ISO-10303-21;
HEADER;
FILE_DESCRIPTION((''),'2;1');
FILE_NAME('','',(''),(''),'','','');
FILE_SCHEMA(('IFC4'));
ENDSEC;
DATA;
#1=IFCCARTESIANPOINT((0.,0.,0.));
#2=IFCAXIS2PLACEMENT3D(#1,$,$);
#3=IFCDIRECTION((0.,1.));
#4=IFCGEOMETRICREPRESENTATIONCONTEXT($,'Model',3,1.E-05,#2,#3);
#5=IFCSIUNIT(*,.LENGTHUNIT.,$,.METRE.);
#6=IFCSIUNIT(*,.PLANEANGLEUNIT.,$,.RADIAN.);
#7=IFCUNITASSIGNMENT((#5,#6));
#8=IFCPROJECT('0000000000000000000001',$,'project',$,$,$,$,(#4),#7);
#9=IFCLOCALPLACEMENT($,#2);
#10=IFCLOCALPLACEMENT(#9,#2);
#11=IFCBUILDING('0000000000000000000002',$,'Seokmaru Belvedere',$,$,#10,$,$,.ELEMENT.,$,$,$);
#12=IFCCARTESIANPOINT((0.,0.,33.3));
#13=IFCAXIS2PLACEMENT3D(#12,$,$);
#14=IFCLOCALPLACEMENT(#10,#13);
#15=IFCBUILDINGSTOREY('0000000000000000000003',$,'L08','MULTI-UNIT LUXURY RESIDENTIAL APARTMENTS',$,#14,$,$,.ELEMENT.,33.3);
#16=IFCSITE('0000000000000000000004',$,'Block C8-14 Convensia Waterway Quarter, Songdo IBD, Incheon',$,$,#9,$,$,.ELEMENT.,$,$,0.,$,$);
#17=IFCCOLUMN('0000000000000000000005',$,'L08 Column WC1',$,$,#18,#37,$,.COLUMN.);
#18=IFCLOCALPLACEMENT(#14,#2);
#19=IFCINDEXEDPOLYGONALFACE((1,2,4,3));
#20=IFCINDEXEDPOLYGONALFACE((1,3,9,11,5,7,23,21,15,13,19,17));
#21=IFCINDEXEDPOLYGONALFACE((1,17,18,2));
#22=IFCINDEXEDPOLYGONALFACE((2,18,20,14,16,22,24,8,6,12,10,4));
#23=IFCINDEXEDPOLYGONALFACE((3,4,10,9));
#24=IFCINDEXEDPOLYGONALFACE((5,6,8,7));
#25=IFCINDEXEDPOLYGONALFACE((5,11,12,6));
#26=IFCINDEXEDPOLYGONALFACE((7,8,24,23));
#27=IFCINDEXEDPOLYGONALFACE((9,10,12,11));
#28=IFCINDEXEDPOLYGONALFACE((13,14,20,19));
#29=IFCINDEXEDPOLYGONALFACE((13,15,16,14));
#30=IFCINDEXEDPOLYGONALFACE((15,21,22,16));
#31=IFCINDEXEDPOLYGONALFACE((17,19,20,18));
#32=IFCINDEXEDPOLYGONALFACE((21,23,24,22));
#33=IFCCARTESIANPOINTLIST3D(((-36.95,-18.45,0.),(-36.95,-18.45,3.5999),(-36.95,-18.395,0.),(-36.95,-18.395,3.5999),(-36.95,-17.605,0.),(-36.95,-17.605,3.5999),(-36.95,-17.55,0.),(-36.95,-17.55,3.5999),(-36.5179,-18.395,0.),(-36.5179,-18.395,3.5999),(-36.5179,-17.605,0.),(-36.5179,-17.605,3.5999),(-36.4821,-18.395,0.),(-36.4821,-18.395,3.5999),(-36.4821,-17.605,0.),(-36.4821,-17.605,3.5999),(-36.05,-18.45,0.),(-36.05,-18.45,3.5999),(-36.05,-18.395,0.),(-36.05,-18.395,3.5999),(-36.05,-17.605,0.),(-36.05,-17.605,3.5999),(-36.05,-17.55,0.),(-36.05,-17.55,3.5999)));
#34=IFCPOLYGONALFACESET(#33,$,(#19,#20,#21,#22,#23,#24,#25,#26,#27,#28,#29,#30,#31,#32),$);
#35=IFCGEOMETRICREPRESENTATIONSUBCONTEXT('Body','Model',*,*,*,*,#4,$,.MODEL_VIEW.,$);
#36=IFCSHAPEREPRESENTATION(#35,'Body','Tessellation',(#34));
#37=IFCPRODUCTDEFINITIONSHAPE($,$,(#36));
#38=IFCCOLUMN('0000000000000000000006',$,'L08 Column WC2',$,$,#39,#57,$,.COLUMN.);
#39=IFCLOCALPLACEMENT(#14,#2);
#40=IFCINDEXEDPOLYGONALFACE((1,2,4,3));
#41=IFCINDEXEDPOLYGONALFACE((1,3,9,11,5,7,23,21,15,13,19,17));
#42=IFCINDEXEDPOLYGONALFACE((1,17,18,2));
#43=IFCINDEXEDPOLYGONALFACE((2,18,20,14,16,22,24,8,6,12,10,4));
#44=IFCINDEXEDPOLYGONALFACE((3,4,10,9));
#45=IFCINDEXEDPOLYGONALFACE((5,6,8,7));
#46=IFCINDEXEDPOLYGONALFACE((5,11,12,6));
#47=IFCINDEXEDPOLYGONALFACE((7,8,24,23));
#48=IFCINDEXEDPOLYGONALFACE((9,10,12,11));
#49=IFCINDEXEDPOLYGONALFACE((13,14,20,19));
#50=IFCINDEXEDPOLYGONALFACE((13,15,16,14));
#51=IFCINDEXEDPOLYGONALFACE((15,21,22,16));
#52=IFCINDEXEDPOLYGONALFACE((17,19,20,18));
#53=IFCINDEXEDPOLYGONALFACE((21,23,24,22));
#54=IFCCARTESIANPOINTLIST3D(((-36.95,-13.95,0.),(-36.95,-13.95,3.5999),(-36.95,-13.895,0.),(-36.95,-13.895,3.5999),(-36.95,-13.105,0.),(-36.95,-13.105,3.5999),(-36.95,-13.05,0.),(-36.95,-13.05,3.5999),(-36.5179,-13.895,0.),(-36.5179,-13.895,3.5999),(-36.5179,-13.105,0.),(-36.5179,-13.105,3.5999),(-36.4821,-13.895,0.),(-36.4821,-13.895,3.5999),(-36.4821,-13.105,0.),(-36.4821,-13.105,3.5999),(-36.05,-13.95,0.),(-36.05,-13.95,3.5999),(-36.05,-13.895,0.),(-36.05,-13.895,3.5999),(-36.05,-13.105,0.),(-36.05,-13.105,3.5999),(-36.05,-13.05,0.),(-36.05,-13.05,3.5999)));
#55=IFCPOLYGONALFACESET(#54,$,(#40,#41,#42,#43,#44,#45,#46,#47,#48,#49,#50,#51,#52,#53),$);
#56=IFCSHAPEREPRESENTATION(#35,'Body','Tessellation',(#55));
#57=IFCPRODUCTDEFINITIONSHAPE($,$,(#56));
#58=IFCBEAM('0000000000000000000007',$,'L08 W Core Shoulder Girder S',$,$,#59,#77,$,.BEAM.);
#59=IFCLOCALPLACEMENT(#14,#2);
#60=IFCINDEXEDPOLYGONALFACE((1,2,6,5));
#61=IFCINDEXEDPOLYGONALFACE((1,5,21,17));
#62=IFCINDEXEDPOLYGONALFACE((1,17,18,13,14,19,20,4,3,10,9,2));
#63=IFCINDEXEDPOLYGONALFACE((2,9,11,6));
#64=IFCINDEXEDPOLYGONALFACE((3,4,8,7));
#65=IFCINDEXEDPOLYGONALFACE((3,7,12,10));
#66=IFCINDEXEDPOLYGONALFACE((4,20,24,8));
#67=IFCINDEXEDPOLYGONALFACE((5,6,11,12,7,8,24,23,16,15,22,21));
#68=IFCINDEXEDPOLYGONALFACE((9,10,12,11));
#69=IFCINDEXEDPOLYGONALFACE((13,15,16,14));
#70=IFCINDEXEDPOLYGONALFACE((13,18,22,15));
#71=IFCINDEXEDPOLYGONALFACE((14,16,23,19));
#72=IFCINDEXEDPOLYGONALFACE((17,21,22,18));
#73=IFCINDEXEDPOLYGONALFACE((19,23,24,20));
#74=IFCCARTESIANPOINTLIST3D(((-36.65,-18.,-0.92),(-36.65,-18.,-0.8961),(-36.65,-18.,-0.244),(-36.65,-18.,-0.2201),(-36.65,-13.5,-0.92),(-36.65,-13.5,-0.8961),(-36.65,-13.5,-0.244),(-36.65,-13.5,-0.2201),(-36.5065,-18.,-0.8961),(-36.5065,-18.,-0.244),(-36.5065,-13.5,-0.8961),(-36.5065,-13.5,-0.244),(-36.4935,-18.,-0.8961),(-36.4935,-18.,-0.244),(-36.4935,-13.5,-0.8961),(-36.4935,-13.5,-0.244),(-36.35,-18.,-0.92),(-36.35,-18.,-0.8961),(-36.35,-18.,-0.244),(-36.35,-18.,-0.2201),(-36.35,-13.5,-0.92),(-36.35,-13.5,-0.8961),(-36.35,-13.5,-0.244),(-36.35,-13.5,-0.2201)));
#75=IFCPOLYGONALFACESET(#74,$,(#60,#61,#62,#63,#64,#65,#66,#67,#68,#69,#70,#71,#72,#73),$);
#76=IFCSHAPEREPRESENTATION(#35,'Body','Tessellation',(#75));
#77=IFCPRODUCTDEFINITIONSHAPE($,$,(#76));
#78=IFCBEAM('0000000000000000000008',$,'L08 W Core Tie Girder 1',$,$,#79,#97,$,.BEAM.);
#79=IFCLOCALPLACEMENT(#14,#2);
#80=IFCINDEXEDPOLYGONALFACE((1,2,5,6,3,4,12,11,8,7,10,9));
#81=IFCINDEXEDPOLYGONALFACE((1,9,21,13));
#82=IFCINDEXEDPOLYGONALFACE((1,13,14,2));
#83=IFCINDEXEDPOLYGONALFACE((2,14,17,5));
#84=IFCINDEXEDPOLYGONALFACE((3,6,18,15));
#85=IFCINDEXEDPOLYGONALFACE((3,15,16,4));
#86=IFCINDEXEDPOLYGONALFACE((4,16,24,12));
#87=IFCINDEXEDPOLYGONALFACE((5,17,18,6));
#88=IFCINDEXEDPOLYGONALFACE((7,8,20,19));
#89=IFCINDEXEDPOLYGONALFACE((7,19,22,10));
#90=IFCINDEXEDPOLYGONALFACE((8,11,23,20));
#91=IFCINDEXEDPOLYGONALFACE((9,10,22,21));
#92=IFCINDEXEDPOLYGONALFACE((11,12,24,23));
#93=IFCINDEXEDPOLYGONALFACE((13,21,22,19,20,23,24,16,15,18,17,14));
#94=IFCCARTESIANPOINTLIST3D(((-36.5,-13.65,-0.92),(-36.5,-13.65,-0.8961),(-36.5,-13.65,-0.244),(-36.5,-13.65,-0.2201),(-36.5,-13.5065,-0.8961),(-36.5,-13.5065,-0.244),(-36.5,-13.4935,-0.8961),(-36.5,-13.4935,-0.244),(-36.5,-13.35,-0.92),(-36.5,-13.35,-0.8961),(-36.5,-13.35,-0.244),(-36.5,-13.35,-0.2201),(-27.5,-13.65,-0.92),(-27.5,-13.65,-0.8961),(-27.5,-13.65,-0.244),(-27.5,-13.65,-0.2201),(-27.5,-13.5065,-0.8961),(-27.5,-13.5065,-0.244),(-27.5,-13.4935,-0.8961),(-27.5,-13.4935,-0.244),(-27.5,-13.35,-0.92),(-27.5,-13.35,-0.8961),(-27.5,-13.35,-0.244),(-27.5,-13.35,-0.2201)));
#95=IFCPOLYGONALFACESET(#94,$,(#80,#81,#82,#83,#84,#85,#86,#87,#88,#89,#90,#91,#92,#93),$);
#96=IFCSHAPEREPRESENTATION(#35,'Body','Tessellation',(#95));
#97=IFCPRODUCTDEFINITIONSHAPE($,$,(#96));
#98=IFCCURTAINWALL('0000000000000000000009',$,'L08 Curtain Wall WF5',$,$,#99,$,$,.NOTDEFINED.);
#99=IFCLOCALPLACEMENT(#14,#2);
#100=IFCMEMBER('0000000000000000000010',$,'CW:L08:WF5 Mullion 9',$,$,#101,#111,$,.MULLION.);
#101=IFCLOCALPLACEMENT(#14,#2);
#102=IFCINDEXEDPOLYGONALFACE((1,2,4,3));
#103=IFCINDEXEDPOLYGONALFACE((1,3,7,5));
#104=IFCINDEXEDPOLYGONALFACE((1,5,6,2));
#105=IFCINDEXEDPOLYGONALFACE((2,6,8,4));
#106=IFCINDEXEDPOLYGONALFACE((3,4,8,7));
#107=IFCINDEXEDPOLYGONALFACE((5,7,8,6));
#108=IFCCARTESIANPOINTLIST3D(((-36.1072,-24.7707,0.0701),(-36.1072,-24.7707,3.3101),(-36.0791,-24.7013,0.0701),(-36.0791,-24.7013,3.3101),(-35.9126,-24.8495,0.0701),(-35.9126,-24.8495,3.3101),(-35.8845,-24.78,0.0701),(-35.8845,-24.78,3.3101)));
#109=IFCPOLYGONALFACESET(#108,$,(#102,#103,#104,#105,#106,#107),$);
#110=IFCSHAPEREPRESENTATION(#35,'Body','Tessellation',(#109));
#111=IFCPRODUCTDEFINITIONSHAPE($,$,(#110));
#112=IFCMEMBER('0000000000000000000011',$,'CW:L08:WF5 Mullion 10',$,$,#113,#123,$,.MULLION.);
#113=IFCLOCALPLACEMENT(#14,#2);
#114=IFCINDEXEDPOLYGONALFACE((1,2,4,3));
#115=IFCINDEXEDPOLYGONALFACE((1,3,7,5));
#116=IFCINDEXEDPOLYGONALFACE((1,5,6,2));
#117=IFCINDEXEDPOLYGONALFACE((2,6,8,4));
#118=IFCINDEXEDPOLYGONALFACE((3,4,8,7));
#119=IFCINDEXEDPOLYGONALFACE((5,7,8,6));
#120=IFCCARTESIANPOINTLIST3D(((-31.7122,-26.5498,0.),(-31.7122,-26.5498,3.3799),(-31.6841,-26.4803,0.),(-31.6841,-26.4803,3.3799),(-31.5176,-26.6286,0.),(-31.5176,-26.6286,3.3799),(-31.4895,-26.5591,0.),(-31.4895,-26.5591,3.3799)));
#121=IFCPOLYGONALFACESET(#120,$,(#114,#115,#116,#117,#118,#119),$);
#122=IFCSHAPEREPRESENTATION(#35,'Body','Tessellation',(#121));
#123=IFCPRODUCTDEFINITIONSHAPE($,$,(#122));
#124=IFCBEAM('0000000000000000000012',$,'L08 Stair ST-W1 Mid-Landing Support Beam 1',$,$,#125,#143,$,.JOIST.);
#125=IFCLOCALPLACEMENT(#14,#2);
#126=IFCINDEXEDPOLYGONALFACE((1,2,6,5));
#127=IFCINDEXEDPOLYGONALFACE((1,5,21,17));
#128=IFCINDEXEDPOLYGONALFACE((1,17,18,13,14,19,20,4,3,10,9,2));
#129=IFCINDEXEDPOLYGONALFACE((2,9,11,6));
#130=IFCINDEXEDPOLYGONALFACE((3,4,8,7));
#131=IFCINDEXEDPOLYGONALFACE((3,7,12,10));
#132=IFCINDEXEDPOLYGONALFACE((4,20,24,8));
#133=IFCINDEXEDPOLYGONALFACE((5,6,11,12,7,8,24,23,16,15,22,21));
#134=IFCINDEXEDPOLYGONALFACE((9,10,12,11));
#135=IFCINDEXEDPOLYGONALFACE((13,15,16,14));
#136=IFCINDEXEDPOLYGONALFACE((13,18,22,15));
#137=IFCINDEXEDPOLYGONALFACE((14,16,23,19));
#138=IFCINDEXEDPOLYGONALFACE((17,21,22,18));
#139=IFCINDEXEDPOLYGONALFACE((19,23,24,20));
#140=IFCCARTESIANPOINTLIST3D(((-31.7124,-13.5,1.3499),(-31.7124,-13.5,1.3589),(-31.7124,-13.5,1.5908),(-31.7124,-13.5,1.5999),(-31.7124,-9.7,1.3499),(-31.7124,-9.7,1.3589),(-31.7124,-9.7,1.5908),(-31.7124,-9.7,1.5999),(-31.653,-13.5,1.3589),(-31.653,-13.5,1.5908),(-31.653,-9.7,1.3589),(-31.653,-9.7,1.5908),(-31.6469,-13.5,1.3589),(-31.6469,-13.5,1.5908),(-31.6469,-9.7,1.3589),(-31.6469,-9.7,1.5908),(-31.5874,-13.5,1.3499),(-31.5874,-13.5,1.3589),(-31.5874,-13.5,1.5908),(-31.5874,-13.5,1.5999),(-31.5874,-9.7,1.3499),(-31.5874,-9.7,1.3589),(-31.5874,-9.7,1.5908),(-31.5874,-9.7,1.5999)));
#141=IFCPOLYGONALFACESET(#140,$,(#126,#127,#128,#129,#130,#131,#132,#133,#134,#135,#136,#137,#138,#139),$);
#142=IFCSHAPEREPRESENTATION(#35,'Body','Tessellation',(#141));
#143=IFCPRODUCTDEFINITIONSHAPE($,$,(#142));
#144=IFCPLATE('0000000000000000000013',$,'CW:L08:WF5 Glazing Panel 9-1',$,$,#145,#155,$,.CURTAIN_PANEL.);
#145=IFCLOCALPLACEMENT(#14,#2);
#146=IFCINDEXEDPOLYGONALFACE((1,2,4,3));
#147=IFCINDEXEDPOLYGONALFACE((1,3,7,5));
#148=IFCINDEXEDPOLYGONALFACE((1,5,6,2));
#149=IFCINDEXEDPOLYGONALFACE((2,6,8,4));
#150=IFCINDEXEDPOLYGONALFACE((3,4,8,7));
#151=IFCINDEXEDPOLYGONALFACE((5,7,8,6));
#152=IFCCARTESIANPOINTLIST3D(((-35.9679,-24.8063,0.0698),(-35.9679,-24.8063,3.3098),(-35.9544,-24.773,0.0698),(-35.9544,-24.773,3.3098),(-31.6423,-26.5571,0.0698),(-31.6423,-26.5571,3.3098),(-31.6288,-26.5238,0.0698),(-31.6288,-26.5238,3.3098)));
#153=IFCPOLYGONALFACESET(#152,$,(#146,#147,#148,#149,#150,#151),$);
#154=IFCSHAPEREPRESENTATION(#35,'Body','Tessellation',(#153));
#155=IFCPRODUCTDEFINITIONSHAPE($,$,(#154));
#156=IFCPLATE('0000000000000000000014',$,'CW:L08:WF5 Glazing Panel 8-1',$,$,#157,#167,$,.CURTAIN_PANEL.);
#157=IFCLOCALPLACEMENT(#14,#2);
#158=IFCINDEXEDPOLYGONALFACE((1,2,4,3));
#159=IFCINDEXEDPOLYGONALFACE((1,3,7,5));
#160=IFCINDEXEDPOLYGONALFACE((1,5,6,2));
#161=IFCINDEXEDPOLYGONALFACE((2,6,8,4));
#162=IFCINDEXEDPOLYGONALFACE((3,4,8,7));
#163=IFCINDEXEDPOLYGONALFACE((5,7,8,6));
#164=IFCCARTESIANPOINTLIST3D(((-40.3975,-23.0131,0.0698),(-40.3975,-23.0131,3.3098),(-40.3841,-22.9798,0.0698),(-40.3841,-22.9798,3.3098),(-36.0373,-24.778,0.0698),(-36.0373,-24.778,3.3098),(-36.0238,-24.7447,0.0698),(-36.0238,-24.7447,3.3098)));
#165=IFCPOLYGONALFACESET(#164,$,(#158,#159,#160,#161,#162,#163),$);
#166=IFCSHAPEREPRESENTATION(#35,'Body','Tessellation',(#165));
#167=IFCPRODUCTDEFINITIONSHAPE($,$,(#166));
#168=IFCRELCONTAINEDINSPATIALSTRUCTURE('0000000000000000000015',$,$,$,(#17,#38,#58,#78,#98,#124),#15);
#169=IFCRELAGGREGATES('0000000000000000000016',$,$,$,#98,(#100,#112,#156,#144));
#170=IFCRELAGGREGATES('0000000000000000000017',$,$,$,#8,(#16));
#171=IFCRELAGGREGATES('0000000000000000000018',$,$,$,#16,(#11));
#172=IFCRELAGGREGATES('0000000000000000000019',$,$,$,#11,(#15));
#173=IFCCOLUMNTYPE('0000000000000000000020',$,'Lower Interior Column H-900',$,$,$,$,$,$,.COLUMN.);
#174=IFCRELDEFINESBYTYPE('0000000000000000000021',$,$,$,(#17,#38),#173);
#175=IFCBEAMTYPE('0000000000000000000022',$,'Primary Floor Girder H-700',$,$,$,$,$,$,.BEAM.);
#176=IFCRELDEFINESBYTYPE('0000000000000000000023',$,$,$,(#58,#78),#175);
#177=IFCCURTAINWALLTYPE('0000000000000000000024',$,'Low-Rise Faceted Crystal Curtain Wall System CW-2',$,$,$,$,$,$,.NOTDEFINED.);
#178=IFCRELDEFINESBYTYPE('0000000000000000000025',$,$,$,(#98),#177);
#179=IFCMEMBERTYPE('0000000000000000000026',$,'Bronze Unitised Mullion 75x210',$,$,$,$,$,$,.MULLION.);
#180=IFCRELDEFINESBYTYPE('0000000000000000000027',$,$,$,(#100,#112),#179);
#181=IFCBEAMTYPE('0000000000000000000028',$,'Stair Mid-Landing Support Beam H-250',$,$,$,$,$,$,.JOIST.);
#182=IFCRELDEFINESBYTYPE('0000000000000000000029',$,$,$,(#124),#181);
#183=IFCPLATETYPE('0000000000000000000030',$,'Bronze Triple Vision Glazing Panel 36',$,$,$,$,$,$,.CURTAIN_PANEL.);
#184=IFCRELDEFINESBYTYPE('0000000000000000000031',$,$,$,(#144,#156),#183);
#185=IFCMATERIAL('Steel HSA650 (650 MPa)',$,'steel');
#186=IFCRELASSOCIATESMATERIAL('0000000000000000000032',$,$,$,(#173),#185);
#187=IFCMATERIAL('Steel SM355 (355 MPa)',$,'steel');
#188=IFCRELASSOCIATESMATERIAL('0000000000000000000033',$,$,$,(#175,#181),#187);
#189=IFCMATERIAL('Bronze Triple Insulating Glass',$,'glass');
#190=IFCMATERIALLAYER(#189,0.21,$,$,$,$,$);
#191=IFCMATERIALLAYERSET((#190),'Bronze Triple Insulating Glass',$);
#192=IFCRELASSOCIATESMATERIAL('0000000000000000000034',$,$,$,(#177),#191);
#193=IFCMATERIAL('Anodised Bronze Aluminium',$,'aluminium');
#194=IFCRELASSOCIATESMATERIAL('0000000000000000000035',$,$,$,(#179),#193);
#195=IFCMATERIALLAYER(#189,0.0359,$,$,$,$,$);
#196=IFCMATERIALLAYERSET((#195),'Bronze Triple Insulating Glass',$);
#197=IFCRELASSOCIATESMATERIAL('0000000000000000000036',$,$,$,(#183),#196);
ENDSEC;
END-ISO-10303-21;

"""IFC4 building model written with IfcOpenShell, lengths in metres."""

from ifc_helpers import new_model, si_unit, direction, frame, origin, origin_2d, place, context, subcontext, project, spatial, rectangle, i_section, extrude, source, transform, mapped, material, layer, layer_set, material_profile, profile_set, type_object, type_shapes, element, aggregate, save


model = new_model("IFC4")

# Units and contexts
model_context = context("Model", 3, precision=1e-05, world=origin(), true_north=direction((0.0, 1.0)))
body_context = subcontext(model_context, "Body", "Model", "MODEL_VIEW")
ifc_project = project(units=[si_unit("LENGTHUNIT", "METRE"), si_unit("PLANEANGLEUNIT", "RADIAN")], contexts=[model_context])

# Site, building, storey
site_placement = place(None, origin())
site = spatial("IfcSite", under=ifc_project, at=site_placement, Name="Block C8-14 Convensia Waterway Quarter, Songdo IBD, Incheon", CompositionType="ELEMENT", RefElevation=0.0)
building_placement = place(site_placement, origin())
building = spatial("IfcBuilding", under=site, at=building_placement, Name="Seokmaru Belvedere", CompositionType="ELEMENT")
storey_placement = place(building_placement, frame((0.0, 0.0, 33.3)))
storey = spatial("IfcBuildingStorey", under=building, at=storey_placement, Name="L08", Description="MULTI-UNIT LUXURY RESIDENTIAL APARTMENTS", CompositionType="ELEMENT", Elevation=33.3)

# Columns
ifc_material_1 = material(Name="Steel HSA650 (650 MPa)", Category="steel")
ifc_material_profile_1 = material_profile(ifc_material_1, i_section(OverallWidth=0.8999, OverallDepth=0.8999, WebThickness=0.0359, FlangeThickness=0.0549, at=origin_2d()), Name="H-900x900x36x55")
ifc_profile_set_1 = profile_set([ifc_material_profile_1], Name="Steel HSA650 (650 MPa)")
column_type = type_object("IfcColumnType", Name="Lower Interior Column H-900", PredefinedType="COLUMN", material=ifc_profile_set_1)
shared_shape_1 = source(origin(), body_context, "Body", "SweptSolid", [
    extrude(i_section(OverallWidth=0.8999, OverallDepth=0.8999, WebThickness=0.0359, FlangeThickness=0.0549, at=origin_2d()), origin(), (0.0, 0.0, 1.0), 3.5999),
])
type_shapes(column_type, [shared_shape_1])
for number, where, z_axis, x_axis, name in (
    (1, (-36.5, -18.0, 0.0), (0.0, 0.0, 1.0), (1.0, 0.0, 0.0), "L08 Column WC1"),
    (2, (-36.5, -13.5, 0.0), (0.0, 0.0, 1.0), (1.0, 0.0, 0.0), "L08 Column WC2"),
):
    element("IfcColumn", number, at=place(storey_placement, frame(where, z_axis=z_axis, x_axis=x_axis)), inside=storey, type_object=column_type, Name=name, PredefinedType="COLUMN", context=body_context, shape_type="MappedRepresentation", body=[
        mapped(shared_shape_1, transform((0.0, 0.0, 0.0), scale=1.0)),
    ])

# Beams
ifc_material_2 = material(Name="Steel SM355 (355 MPa)", Category="steel")
ifc_material_profile_2 = material_profile(ifc_material_2, i_section(OverallWidth=0.3, OverallDepth=0.7, WebThickness=0.0129, FlangeThickness=0.0239, at=origin_2d()), Name="H-700x300x13x24")
ifc_profile_set_2 = profile_set([ifc_material_profile_2], Name="Steel SM355 (355 MPa)")
beam_type_1 = type_object("IfcBeamType", Name="Primary Floor Girder H-700", PredefinedType="BEAM", material=ifc_profile_set_2)
shared_shape_2 = source(origin(), body_context, "Body", "SweptSolid", [
    extrude(i_section(OverallWidth=0.3, OverallDepth=0.7, WebThickness=0.0129, FlangeThickness=0.0239, at=origin_2d()), origin(), (0.0, 0.0, 1.0), 4.5),
])
beam_1_placement = place(storey_placement, frame((-36.5, -18.0, -0.5701), z_axis=(0.0, 1.0, 0.0), x_axis=(-1.0, 0.0, 0.0)))
element("IfcBeam", 3, at=beam_1_placement, inside=storey, type_object=beam_type_1, Name="L08 W Core Shoulder Girder S", PredefinedType="BEAM", context=body_context, shape_type="MappedRepresentation", body=[
    mapped(shared_shape_2, transform((0.0, 0.0, 0.0), scale=1.0)),
])
shared_shape_3 = source(origin(), body_context, "Body", "SweptSolid", [
    extrude(i_section(OverallWidth=0.3, OverallDepth=0.7, WebThickness=0.0129, FlangeThickness=0.0239, at=origin_2d()), origin(), (0.0, 0.0, 1.0), 9.0),
])
type_shapes(beam_type_1, [shared_shape_2, shared_shape_3])
beam_2_placement = place(storey_placement, frame((-36.5, -13.5, -0.5701), z_axis=(1.0, 0.0, 0.0), x_axis=(0.0, 1.0, 0.0)))
element("IfcBeam", 4, at=beam_2_placement, inside=storey, type_object=beam_type_1, Name="L08 W Core Tie Girder 1", PredefinedType="BEAM", context=body_context, shape_type="MappedRepresentation", body=[
    mapped(shared_shape_3, transform((0.0, 0.0, 0.0), scale=1.0)),
])

# Curtain wall, members
ifc_material_3 = material(Name="Bronze Triple Insulating Glass", Category="glass")
ifc_layer_1 = layer(ifc_material_3, 0.21)
ifc_layer_set_1 = layer_set([ifc_layer_1], Name="Bronze Triple Insulating Glass")
curtain_wall_type = type_object("IfcCurtainWallType", Name="Low-Rise Faceted Crystal Curtain Wall System CW-2", PredefinedType="NOTDEFINED", material=ifc_layer_set_1)
curtain_wall_placement = place(storey_placement, origin())
curtain_wall = element("IfcCurtainWall", 5, at=curtain_wall_placement, inside=storey, type_object=curtain_wall_type, Name="L08 Curtain Wall WF5", PredefinedType="NOTDEFINED")
ifc_material_4 = material(Name="Anodised Bronze Aluminium", Category="aluminium")
ifc_material_profile_3 = material_profile(ifc_material_4, rectangle(XDim=0.075, YDim=0.21, at=origin_2d()), Name="CW-M-75x210")
ifc_profile_set_3 = profile_set([ifc_material_profile_3], Name="Anodised Bronze Aluminium")
member_type = type_object("IfcMemberType", Name="Bronze Unitised Mullion 75x210", PredefinedType="MULLION", material=ifc_profile_set_3)
shared_shape_4 = source(origin(), body_context, "Body", "SweptSolid", [
    extrude(rectangle(XDim=0.075, YDim=0.21, at=origin_2d()), origin(), (0.0, 0.0, 1.0), 3.24),
])
member_1_placement = place(storey_placement, frame((-35.9958, -24.7754, 0.0701), z_axis=(0.0, 0.0, 1.0), x_axis=(0.375192, 0.926947, 0.0)))
member_1 = element("IfcMember", 6, at=member_1_placement, type_object=member_type, Name="CW:L08:WF5 Mullion 9", PredefinedType="MULLION", context=body_context, shape_type="MappedRepresentation", body=[
    mapped(shared_shape_4, transform((0.0, 0.0, 0.0), scale=1.0)),
])
shared_shape_5 = source(origin(), body_context, "Body", "SweptSolid", [
    extrude(rectangle(XDim=0.075, YDim=0.21, at=origin_2d()), origin(), (0.0, 0.0, 1.0), 3.3799),
])
type_shapes(member_type, [shared_shape_4, shared_shape_5])
member_2_placement = place(storey_placement, frame((-31.6008, -26.5544, 0.0), z_axis=(0.0, 0.0, 1.0), x_axis=(0.375192, 0.926947, 0.0)))
member_2 = element("IfcMember", 7, at=member_2_placement, type_object=member_type, Name="CW:L08:WF5 Mullion 10", PredefinedType="MULLION", context=body_context, shape_type="MappedRepresentation", body=[
    mapped(shared_shape_5, transform((0.0, 0.0, 0.0), scale=1.0)),
])

# Beam
ifc_material_profile_4 = material_profile(ifc_material_2, i_section(OverallWidth=0.125, OverallDepth=0.25, WebThickness=0.0061, FlangeThickness=0.009, at=origin_2d()), Name="H-250x125x6x9")
ifc_profile_set_4 = profile_set([ifc_material_profile_4], Name="Steel SM355 (355 MPa)")
beam_type_2 = type_object("IfcBeamType", Name="Stair Mid-Landing Support Beam H-250", PredefinedType="JOIST", material=ifc_profile_set_4)
shared_shape_6 = source(origin(), body_context, "Body", "SweptSolid", [
    extrude(i_section(OverallWidth=0.125, OverallDepth=0.25, WebThickness=0.0061, FlangeThickness=0.009, at=origin_2d()), origin(), (0.0, 0.0, 1.0), 3.8),
])
type_shapes(beam_type_2, [shared_shape_6])
beam_3_placement = place(storey_placement, frame((-31.6499, -13.5, 1.4749), z_axis=(0.0, 1.0, 0.0), x_axis=(-1.0, 0.0, 0.0)))
element("IfcBeam", 8, at=beam_3_placement, inside=storey, type_object=beam_type_2, Name="L08 Stair ST-W1 Mid-Landing Support Beam 1", PredefinedType="JOIST", context=body_context, shape_type="MappedRepresentation", body=[
    mapped(shared_shape_6, transform((0.0, 0.0, 0.0), scale=1.0)),
])

# Plates
ifc_layer_2 = layer(ifc_material_3, 0.0359)
ifc_layer_set_2 = layer_set([ifc_layer_2], Name="Bronze Triple Insulating Glass")
plate_type = type_object("IfcPlateType", Name="Bronze Triple Vision Glazing Panel 36", PredefinedType="CURTAIN_PANEL", material=ifc_layer_set_2)
shared_shape_7 = source(origin(), body_context, "Body", "SweptSolid", [
    extrude(rectangle(XDim=4.6665, YDim=0.0359, at=origin_2d()), origin(), (0.0, 0.0, 1.0), 3.24),
])
plate_1_placement = place(storey_placement, frame((-33.7983, -25.665, 0.0698), z_axis=(0.0, 0.0, 1.0), x_axis=(0.926947, -0.375192, 0.0)))
plate_1 = element("IfcPlate", 9, at=plate_1_placement, type_object=plate_type, Name="CW:L08:WF5 Glazing Panel 9-1", PredefinedType="CURTAIN_PANEL", context=body_context, shape_type="MappedRepresentation", body=[
    mapped(shared_shape_7, transform((0.0, 0.0, 0.0), scale=1.0)),
])
shared_shape_8 = source(origin(), body_context, "Body", "SweptSolid", [
    extrude(rectangle(XDim=4.7039, YDim=0.0359, at=origin_2d()), origin(), (0.0, 0.0, 1.0), 3.24),
])
type_shapes(plate_type, [shared_shape_7, shared_shape_8])
plate_2_placement = place(storey_placement, frame((-38.2107, -23.8789, 0.0698), z_axis=(0.0, 0.0, 1.0), x_axis=(0.926947, -0.375192, 0.0)))
plate_2 = element("IfcPlate", 10, at=plate_2_placement, type_object=plate_type, Name="CW:L08:WF5 Glazing Panel 8-1", PredefinedType="CURTAIN_PANEL", context=body_context, shape_type="MappedRepresentation", body=[
    mapped(shared_shape_8, transform((0.0, 0.0, 0.0), scale=1.0)),
])
aggregate(curtain_wall, [member_1, member_2, plate_2, plate_1])

save(model, "model.ifc")
